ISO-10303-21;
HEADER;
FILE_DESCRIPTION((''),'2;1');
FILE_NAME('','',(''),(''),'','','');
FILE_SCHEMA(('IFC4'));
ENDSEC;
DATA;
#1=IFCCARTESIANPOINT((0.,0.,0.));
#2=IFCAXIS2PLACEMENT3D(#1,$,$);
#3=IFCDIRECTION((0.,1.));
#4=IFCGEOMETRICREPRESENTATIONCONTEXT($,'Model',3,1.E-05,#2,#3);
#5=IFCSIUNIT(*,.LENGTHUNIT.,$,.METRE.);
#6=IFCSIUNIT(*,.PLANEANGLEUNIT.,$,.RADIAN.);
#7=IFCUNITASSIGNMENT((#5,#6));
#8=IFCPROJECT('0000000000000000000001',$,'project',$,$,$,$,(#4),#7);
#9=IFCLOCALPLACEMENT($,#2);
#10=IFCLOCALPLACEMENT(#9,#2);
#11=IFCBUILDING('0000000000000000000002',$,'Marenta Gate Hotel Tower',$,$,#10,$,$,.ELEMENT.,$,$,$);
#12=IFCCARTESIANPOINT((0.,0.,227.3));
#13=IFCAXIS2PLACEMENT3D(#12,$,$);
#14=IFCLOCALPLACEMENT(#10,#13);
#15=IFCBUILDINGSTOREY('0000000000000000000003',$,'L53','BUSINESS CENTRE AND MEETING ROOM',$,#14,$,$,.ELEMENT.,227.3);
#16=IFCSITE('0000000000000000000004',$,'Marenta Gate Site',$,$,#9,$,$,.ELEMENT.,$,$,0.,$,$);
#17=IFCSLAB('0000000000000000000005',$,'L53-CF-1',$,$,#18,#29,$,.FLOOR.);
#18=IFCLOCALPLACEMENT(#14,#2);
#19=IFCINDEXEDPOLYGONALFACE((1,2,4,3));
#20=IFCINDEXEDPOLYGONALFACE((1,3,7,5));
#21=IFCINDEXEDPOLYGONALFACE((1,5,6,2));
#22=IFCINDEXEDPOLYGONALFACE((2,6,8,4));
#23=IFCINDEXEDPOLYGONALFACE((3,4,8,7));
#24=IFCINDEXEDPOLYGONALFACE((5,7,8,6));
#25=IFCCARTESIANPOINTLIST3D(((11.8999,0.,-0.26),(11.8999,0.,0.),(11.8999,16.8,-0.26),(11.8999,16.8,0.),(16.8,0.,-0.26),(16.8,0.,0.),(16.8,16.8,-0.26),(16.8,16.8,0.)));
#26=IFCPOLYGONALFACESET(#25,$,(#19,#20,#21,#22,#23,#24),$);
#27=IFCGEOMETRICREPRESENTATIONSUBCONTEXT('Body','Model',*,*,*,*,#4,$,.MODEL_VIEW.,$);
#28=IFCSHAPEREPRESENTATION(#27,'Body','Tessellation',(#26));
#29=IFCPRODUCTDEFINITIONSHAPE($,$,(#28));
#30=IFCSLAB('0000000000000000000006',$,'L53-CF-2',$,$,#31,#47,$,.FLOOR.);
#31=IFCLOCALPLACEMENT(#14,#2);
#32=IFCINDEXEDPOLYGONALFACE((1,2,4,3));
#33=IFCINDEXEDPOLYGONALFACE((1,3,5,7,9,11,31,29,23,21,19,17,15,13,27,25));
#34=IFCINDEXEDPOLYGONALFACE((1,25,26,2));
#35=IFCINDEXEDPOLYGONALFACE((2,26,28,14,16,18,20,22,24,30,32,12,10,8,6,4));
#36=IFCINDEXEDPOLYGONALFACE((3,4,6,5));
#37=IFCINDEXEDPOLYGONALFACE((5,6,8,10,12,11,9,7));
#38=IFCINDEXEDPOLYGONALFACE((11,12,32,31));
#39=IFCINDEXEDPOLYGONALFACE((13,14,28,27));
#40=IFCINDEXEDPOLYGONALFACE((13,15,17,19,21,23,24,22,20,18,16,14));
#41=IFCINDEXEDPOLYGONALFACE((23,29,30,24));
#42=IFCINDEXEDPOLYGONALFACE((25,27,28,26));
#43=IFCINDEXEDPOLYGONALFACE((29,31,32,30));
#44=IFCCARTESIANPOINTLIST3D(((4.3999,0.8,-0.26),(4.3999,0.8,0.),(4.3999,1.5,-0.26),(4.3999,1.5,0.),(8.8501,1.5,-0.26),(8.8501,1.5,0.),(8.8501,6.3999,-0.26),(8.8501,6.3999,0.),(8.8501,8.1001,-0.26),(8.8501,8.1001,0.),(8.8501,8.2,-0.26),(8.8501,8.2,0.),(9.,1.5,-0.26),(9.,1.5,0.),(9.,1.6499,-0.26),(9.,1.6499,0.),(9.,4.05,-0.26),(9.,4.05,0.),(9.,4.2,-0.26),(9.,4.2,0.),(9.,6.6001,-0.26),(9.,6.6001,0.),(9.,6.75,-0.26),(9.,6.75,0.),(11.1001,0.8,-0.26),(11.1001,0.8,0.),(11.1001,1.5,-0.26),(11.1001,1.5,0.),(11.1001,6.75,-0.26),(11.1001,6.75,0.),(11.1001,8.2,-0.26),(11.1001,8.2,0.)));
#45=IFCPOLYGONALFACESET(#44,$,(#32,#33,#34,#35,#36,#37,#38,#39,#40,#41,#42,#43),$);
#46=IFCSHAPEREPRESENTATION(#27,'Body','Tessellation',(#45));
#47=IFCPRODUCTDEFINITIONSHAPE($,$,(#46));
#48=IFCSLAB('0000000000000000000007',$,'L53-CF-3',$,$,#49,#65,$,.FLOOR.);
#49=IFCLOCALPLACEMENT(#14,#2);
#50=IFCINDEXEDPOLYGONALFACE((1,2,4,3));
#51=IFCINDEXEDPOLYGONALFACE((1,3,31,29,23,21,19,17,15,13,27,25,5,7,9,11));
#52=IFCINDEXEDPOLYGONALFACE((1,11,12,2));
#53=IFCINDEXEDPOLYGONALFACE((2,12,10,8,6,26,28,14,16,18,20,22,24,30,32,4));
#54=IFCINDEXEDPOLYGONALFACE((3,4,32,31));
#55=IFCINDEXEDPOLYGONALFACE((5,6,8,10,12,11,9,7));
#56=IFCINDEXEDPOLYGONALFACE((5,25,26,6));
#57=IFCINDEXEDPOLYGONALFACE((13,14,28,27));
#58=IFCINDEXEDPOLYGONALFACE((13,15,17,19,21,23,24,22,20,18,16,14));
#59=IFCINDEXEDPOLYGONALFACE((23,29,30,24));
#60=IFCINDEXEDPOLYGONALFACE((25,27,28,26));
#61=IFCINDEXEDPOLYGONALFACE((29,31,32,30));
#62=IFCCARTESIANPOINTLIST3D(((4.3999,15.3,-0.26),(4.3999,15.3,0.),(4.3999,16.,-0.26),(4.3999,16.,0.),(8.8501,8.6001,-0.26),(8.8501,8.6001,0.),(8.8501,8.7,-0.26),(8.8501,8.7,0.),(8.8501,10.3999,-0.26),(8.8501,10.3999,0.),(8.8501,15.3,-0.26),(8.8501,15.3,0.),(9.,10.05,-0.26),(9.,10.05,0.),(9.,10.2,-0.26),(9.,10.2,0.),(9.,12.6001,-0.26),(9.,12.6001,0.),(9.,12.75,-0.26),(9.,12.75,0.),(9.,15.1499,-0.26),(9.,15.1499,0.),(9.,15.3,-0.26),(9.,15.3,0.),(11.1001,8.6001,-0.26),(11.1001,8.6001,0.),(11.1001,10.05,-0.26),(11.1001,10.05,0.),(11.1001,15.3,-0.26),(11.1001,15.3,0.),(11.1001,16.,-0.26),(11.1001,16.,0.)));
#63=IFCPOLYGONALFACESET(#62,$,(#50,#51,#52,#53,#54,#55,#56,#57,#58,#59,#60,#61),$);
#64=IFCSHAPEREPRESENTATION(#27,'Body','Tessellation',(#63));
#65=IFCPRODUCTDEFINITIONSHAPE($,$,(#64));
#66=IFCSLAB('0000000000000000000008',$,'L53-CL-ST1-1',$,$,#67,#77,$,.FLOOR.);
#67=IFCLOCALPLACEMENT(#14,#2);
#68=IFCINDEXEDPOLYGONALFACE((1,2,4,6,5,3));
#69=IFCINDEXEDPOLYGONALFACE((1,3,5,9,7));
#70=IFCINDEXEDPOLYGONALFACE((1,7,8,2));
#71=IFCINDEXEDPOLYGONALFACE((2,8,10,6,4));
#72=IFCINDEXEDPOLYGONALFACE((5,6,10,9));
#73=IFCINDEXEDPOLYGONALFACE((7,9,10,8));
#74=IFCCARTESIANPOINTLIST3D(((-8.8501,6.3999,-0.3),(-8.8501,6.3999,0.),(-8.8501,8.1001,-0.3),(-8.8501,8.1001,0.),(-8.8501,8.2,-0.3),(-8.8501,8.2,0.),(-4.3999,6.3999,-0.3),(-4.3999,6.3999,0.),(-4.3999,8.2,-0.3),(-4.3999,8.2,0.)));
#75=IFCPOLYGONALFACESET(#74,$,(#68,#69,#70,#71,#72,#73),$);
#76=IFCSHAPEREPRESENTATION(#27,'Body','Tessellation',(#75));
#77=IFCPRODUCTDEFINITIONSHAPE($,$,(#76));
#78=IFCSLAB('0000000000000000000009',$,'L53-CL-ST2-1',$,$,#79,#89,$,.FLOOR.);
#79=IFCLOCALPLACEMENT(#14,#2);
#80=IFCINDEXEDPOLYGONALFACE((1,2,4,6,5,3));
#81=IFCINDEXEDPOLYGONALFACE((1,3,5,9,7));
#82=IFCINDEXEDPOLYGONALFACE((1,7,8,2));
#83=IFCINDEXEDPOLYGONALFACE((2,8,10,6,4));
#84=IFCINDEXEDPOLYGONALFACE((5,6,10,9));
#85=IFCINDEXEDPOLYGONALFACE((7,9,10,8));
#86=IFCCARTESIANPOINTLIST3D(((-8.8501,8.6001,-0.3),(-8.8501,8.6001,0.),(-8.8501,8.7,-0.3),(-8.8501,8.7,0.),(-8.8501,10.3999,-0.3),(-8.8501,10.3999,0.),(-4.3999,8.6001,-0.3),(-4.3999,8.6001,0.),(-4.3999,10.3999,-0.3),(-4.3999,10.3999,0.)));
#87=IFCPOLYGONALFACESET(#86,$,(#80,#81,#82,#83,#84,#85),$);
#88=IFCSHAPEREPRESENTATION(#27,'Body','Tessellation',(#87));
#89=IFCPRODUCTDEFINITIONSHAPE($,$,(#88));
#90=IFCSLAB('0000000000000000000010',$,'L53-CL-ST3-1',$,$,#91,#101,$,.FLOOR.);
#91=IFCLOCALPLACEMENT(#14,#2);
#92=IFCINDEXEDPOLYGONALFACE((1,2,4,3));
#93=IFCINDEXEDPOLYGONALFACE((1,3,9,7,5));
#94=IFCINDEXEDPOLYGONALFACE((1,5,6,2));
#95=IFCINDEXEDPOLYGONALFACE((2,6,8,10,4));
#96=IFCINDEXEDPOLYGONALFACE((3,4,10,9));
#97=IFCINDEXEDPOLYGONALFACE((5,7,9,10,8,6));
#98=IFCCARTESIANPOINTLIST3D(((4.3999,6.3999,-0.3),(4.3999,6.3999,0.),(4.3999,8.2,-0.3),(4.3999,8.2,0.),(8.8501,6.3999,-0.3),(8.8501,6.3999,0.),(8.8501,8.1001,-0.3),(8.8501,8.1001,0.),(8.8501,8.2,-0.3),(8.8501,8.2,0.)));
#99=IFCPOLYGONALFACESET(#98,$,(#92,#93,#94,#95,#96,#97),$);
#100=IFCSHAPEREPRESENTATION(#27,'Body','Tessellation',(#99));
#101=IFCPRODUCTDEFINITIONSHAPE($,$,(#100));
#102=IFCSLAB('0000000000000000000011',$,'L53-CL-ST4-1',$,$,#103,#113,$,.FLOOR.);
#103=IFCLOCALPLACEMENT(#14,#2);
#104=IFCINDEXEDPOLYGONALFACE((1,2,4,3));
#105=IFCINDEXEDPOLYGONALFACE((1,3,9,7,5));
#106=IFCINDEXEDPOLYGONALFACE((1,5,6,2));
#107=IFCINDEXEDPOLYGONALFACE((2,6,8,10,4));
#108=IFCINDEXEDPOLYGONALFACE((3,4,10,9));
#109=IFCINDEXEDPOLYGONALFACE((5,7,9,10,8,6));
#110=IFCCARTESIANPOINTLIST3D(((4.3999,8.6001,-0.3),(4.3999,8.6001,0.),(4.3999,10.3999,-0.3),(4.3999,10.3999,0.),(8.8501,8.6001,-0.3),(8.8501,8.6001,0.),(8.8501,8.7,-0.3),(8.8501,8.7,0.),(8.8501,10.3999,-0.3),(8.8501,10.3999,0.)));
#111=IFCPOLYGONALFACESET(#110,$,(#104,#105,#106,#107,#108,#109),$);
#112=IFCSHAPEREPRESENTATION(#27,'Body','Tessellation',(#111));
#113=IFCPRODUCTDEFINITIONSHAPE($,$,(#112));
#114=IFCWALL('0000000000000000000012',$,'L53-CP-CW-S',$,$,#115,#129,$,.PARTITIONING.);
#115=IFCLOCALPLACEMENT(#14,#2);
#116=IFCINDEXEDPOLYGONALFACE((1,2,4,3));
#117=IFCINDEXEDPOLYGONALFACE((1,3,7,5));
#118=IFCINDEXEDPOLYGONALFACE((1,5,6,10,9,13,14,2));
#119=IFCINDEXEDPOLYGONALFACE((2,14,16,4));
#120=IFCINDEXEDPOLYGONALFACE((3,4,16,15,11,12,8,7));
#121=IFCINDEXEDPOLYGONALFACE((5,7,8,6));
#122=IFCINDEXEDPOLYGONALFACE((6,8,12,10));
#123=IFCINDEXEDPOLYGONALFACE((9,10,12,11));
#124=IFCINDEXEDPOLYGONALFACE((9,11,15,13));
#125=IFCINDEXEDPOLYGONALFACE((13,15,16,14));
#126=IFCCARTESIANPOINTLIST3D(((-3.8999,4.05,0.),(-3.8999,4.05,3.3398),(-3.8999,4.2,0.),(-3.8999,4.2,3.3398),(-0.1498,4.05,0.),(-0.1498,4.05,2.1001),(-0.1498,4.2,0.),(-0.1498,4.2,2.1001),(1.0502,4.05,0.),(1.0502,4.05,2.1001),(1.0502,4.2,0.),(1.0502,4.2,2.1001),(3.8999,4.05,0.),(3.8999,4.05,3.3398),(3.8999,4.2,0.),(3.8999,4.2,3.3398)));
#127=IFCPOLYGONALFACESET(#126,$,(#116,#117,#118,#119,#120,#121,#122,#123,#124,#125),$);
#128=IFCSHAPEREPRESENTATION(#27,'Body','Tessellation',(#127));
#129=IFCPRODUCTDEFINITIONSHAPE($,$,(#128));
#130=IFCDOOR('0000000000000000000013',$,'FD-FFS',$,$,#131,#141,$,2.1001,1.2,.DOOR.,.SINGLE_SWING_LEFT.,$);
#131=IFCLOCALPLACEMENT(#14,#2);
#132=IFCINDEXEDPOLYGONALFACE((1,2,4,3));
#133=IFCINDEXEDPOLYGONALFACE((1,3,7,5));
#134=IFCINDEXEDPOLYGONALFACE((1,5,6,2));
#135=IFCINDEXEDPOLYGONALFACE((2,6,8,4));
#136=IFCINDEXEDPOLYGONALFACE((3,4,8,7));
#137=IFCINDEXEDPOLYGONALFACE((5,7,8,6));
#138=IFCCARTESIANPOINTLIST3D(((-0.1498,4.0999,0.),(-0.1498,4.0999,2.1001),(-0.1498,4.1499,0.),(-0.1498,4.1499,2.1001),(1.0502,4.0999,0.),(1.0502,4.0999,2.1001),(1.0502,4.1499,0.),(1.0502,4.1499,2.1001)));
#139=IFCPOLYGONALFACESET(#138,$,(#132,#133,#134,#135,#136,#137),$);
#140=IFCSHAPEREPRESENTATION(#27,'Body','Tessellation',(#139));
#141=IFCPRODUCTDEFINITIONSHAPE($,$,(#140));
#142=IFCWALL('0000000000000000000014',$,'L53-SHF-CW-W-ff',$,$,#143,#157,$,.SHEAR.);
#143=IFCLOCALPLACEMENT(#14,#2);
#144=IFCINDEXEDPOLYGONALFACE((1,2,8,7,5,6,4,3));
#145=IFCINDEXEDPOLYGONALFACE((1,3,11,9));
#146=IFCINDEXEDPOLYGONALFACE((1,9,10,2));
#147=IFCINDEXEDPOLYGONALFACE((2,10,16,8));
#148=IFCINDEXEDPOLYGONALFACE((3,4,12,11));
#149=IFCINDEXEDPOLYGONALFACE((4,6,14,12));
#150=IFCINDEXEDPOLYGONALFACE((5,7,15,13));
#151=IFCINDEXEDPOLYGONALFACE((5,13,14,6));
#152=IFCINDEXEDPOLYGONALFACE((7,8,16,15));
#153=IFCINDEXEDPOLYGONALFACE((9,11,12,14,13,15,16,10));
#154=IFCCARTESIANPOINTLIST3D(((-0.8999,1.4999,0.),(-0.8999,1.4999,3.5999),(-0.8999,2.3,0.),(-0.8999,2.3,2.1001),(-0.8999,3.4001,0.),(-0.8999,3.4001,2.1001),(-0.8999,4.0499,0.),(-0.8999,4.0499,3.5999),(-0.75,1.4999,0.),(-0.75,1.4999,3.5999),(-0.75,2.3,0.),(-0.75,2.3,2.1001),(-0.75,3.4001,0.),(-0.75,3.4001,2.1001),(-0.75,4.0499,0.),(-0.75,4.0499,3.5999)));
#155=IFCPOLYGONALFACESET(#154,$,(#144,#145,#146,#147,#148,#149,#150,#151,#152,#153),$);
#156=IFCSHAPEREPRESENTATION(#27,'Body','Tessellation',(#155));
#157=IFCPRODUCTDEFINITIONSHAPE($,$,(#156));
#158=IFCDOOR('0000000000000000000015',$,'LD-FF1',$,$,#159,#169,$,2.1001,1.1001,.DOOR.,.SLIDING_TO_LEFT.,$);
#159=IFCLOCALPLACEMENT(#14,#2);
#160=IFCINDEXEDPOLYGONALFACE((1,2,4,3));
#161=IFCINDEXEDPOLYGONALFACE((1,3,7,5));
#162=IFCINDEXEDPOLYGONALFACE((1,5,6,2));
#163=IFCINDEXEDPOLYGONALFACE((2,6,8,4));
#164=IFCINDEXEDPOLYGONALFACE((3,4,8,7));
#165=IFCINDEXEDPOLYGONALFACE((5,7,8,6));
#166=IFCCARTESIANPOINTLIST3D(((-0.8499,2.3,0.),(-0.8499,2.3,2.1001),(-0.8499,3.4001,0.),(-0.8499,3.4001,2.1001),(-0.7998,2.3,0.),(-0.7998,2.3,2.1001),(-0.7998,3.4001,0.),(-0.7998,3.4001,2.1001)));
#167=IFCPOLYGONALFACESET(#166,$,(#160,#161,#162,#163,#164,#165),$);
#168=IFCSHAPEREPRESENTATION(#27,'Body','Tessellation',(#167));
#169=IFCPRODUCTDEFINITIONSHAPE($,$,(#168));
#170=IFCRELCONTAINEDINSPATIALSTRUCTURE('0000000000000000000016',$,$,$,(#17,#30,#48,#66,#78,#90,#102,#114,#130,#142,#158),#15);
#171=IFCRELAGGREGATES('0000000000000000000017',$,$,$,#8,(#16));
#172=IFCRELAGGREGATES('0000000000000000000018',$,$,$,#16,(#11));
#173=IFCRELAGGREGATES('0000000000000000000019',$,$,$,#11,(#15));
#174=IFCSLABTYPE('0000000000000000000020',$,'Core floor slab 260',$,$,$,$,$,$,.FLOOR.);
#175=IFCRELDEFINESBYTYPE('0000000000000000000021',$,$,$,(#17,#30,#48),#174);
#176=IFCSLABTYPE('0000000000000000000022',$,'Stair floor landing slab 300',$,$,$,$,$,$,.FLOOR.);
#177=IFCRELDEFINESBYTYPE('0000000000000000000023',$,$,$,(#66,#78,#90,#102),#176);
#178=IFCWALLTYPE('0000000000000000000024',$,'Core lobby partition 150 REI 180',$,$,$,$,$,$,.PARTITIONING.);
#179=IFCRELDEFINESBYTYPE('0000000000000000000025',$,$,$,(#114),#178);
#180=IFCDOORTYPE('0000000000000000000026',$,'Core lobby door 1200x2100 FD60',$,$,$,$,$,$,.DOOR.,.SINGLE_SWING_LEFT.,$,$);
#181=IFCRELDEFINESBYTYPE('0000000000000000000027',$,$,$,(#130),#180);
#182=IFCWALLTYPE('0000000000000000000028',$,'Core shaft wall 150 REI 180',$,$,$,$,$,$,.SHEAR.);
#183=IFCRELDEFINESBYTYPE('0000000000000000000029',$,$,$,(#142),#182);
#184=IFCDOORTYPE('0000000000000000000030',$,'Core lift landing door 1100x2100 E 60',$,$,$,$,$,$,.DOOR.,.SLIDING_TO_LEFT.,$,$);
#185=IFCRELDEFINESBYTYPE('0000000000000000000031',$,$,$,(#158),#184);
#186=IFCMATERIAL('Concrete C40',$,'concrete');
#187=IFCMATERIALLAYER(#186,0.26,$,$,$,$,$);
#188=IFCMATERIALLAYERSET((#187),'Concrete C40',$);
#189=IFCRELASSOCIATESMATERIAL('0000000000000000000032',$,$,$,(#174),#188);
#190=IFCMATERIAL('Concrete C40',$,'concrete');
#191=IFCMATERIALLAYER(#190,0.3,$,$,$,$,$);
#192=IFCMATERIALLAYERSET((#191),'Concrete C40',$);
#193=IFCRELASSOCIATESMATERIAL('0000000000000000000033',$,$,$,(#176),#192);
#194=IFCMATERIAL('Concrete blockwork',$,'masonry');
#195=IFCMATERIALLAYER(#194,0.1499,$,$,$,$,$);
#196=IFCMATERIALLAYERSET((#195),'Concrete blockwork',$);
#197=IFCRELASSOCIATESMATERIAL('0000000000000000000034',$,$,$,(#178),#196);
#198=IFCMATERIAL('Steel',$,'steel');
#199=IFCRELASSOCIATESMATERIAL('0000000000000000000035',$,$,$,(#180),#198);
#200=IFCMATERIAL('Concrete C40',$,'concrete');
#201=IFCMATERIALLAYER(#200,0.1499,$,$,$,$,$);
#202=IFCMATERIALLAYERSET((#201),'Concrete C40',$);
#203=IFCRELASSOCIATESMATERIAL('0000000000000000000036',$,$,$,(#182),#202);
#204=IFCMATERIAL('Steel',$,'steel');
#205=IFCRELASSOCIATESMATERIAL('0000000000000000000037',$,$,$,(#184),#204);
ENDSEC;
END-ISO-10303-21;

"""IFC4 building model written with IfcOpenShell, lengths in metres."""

from ifc_helpers import new_model, si_unit, direction, frame, frame_2d, origin, place, context, subcontext, project, spatial, polyline, rectangle, outline, extrude, material, layer, layer_set, type_object, element, fill, save


model = new_model("IFC4")

# Units and contexts
model_context = context("Model", 3, precision=1e-05, world=origin(), true_north=direction((0.0, 1.0)))
body_context = subcontext(model_context, "Body", "Model", "MODEL_VIEW")
ifc_project = project(units=[si_unit("LENGTHUNIT", "METRE"), si_unit("PLANEANGLEUNIT", "RADIAN")], contexts=[model_context])

# Site, building, storey
site_placement = place(None, origin())
site = spatial("IfcSite", under=ifc_project, at=site_placement, Name="Marenta Gate Site", CompositionType="ELEMENT", RefElevation=0.0)
building_placement = place(site_placement, origin())
building = spatial("IfcBuilding", under=site, at=building_placement, Name="Marenta Gate Hotel Tower", CompositionType="ELEMENT")
storey_placement = place(building_placement, frame((0.0, 0.0, 227.3)))
storey = spatial("IfcBuildingStorey", under=building, at=storey_placement, Name="L53", Description="BUSINESS CENTRE AND MEETING ROOM", CompositionType="ELEMENT", Elevation=227.3)

# Slabs
ifc_material_1 = material(Name="Concrete C40", Category="concrete")
ifc_layer_1 = layer(ifc_material_1, 0.26)
ifc_layer_set_1 = layer_set([ifc_layer_1], Name="Concrete C40")
slab_type_1 = type_object("IfcSlabType", Name="Core floor slab 260", PredefinedType="FLOOR", material=ifc_layer_set_1)
slab_1_placement = place(storey_placement, frame((0.0, 0.0, -0.26)))
element("IfcSlab", 1, at=slab_1_placement, inside=storey, type_object=slab_type_1, Name="L53-CF-1", PredefinedType="FLOOR", context=body_context, shape_type="SweptSolid", body=[
    extrude(outline(polyline([(11.8999, 0.0), (11.8999, 16.8), (16.8, 16.8), (16.8, 0.0), (11.8999, 0.0)])), origin(), (0.0, 0.0, 1.0), 0.26),
])
slab_2_placement = place(storey_placement, frame((0.0, 0.0, -0.26)))
element("IfcSlab", 2, at=slab_2_placement, inside=storey, type_object=slab_type_1, Name="L53-CF-2", PredefinedType="FLOOR", context=body_context, shape_type="SweptSolid", body=[
    extrude(outline(polyline([(8.8501, 1.5), (8.8501, 6.3999), (8.8501, 8.1001), (8.8501, 8.2), (11.1001, 8.2), (11.1001, 6.75), (9.0, 6.75), (9.0, 6.6001), (9.0, 4.2), (9.0, 4.05), (9.0, 1.6499), (9.0, 1.5), (11.1001, 1.5), (11.1001, 0.8), (4.3999, 0.8), (4.3999, 1.5), (8.8501, 1.5)])), origin(), (0.0, 0.0, 1.0), 0.26),
])
slab_3_placement = place(storey_placement, frame((0.0, 0.0, -0.26)))
element("IfcSlab", 3, at=slab_3_placement, inside=storey, type_object=slab_type_1, Name="L53-CF-3", PredefinedType="FLOOR", context=body_context, shape_type="SweptSolid", body=[
    extrude(outline(polyline([(8.8501, 15.3), (4.3999, 15.3), (4.3999, 16.0), (11.1001, 16.0), (11.1001, 15.3), (9.0, 15.3), (9.0, 15.1499), (9.0, 12.75), (9.0, 12.6001), (9.0, 10.2), (9.0, 10.05), (11.1001, 10.05), (11.1001, 8.6001), (8.8501, 8.6001), (8.8501, 8.7), (8.8501, 10.3999), (8.8501, 15.3)])), origin(), (0.0, 0.0, 1.0), 0.26),
])
ifc_material_2 = material(Name="Concrete C40", Category="concrete")
ifc_layer_2 = layer(ifc_material_2, 0.3)
ifc_layer_set_2 = layer_set([ifc_layer_2], Name="Concrete C40")
slab_type_2 = type_object("IfcSlabType", Name="Stair floor landing slab 300", PredefinedType="FLOOR", material=ifc_layer_set_2)
slab_4_placement = place(storey_placement, frame((0.0, 0.0, -0.3)))
element("IfcSlab", 4, at=slab_4_placement, inside=storey, type_object=slab_type_2, Name="L53-CL-ST1-1", PredefinedType="FLOOR", context=body_context, shape_type="SweptSolid", body=[
    extrude(outline(polyline([(-4.3999, 6.3999), (-8.8501, 6.3999), (-8.8501, 8.1001), (-8.8501, 8.2), (-4.3999, 8.2), (-4.3999, 6.3999)])), origin(), (0.0, 0.0, 1.0), 0.3),
])
slab_5_placement = place(storey_placement, frame((0.0, 0.0, -0.3)))
element("IfcSlab", 5, at=slab_5_placement, inside=storey, type_object=slab_type_2, Name="L53-CL-ST2-1", PredefinedType="FLOOR", context=body_context, shape_type="SweptSolid", body=[
    extrude(outline(polyline([(-4.3999, 8.6001), (-8.8501, 8.6001), (-8.8501, 8.7), (-8.8501, 10.3999), (-4.3999, 10.3999), (-4.3999, 8.6001)])), origin(), (0.0, 0.0, 1.0), 0.3),
])
slab_6_placement = place(storey_placement, frame((0.0, 0.0, -0.3)))
element("IfcSlab", 6, at=slab_6_placement, inside=storey, type_object=slab_type_2, Name="L53-CL-ST3-1", PredefinedType="FLOOR", context=body_context, shape_type="SweptSolid", body=[
    extrude(outline(polyline([(4.3999, 6.3999), (4.3999, 8.2), (8.8501, 8.2), (8.8501, 8.1001), (8.8501, 6.3999), (4.3999, 6.3999)])), origin(), (0.0, 0.0, 1.0), 0.3),
])
slab_7_placement = place(storey_placement, frame((0.0, 0.0, -0.3)))
element("IfcSlab", 7, at=slab_7_placement, inside=storey, type_object=slab_type_2, Name="L53-CL-ST4-1", PredefinedType="FLOOR", context=body_context, shape_type="SweptSolid", body=[
    extrude(outline(polyline([(4.3999, 8.6001), (4.3999, 10.3999), (8.8501, 10.3999), (8.8501, 8.7), (8.8501, 8.6001), (4.3999, 8.6001)])), origin(), (0.0, 0.0, 1.0), 0.3),
])

# Walls, openings, doors
ifc_material_3 = material(Name="Concrete blockwork", Category="masonry")
ifc_layer_3 = layer(ifc_material_3, 0.1499)
ifc_layer_set_3 = layer_set([ifc_layer_3], Name="Concrete blockwork")
wall_type_1 = type_object("IfcWallType", Name="Core lobby partition 150 REI 180", PredefinedType="PARTITIONING", material=ifc_layer_set_3)
wall_1_placement = place(storey_placement, frame((-3.8999, 4.125, 0.0), z_axis=(0.0, 0.0, 1.0), x_axis=(1.0, 0.0, 0.0)))
wall_1 = element("IfcWall", 8, at=wall_1_placement, inside=storey, type_object=wall_type_1, Name="L53-CP-CW-S", PredefinedType="PARTITIONING", context=body_context, shape_type="SweptSolid", body=[
    extrude(rectangle(XDim=7.7998, YDim=0.1499, at=frame_2d((3.8999, 0.0))), origin(), (0.0, 0.0, 1.0), 3.3398),
])
opening_1_placement = place(wall_1_placement, frame((3.75, 0.0, 0.0)))
opening_1 = element("IfcOpeningElement", 9, at=opening_1_placement, cuts=wall_1, PredefinedType="OPENING", context=body_context, shape_type="SweptSolid", body=[
    extrude(rectangle(XDim=1.2, YDim=2.1001, at=frame_2d((0.6001, 1.05))), frame((0.0, 0.075, 0.0), z_axis=(0.0, -1.0, 0.0), x_axis=(1.0, 0.0, 0.0)), (0.0, 0.0, 1.0), 0.1499),
])
ifc_material_4 = material(Name="Steel", Category="steel")
door_type_1 = type_object("IfcDoorType", Name="Core lobby door 1200x2100 FD60", OperationType="SINGLE_SWING_LEFT", PredefinedType="DOOR", material=ifc_material_4)
door_1_placement = place(opening_1_placement, origin())
door_1 = element("IfcDoor", 10, at=door_1_placement, inside=storey, type_object=door_type_1, Name="FD-FFS", OperationType="SINGLE_SWING_LEFT", OverallHeight=2.1001, OverallWidth=1.2, PredefinedType="DOOR", context=body_context, shape_type="SweptSolid", body=[
    extrude(rectangle(XDim=1.2, YDim=2.1001, at=frame_2d((0.6001, 1.05))), frame((0.0, 0.0249, 0.0), z_axis=(0.0, -1.0, 0.0), x_axis=(1.0, 0.0, 0.0)), (0.0, 0.0, 1.0), 0.05),
])
fill(opening_1, door_1)
ifc_material_5 = material(Name="Concrete C40", Category="concrete")
ifc_layer_4 = layer(ifc_material_5, 0.1499)
ifc_layer_set_4 = layer_set([ifc_layer_4], Name="Concrete C40")
wall_type_2 = type_object("IfcWallType", Name="Core shaft wall 150 REI 180", PredefinedType="SHEAR", material=ifc_layer_set_4)
wall_2_placement = place(storey_placement, frame((-0.825, 1.5, 0.0), z_axis=(0.0, 0.0, 1.0), x_axis=(0.0, 1.0, 0.0)))
wall_2 = element("IfcWall", 11, at=wall_2_placement, inside=storey, type_object=wall_type_2, Name="L53-SHF-CW-W-ff", PredefinedType="SHEAR", context=body_context, shape_type="SweptSolid", body=[
    extrude(rectangle(XDim=2.55, YDim=0.1499, at=frame_2d((1.2749, 0.0))), origin(), (0.0, 0.0, 1.0), 3.5999),
])
opening_2_placement = place(wall_2_placement, frame((0.8, 0.0, 0.0)))
opening_2 = element("IfcOpeningElement", 12, at=opening_2_placement, cuts=wall_2, PredefinedType="OPENING", context=body_context, shape_type="SweptSolid", body=[
    extrude(rectangle(XDim=1.1001, YDim=2.1001, at=frame_2d((0.55, 1.05))), frame((0.0, 0.075, 0.0), z_axis=(0.0, -1.0, 0.0), x_axis=(1.0, 0.0, 0.0)), (0.0, 0.0, 1.0), 0.1499),
])
ifc_material_6 = material(Name="Steel", Category="steel")
door_type_2 = type_object("IfcDoorType", Name="Core lift landing door 1100x2100 E 60", OperationType="SLIDING_TO_LEFT", PredefinedType="DOOR", material=ifc_material_6)
door_2_placement = place(opening_2_placement, origin())
door_2 = element("IfcDoor", 13, at=door_2_placement, inside=storey, type_object=door_type_2, Name="LD-FF1", OperationType="SLIDING_TO_LEFT", OverallHeight=2.1001, OverallWidth=1.1001, PredefinedType="DOOR", context=body_context, shape_type="SweptSolid", body=[
    extrude(rectangle(XDim=1.1001, YDim=2.1001, at=frame_2d((0.55, 1.05))), frame((0.0, 0.0249, 0.0), z_axis=(0.0, -1.0, 0.0), x_axis=(1.0, 0.0, 0.0)), (0.0, 0.0, 1.0), 0.05),
])
fill(opening_2, door_2)

save(model, "model.ifc")
